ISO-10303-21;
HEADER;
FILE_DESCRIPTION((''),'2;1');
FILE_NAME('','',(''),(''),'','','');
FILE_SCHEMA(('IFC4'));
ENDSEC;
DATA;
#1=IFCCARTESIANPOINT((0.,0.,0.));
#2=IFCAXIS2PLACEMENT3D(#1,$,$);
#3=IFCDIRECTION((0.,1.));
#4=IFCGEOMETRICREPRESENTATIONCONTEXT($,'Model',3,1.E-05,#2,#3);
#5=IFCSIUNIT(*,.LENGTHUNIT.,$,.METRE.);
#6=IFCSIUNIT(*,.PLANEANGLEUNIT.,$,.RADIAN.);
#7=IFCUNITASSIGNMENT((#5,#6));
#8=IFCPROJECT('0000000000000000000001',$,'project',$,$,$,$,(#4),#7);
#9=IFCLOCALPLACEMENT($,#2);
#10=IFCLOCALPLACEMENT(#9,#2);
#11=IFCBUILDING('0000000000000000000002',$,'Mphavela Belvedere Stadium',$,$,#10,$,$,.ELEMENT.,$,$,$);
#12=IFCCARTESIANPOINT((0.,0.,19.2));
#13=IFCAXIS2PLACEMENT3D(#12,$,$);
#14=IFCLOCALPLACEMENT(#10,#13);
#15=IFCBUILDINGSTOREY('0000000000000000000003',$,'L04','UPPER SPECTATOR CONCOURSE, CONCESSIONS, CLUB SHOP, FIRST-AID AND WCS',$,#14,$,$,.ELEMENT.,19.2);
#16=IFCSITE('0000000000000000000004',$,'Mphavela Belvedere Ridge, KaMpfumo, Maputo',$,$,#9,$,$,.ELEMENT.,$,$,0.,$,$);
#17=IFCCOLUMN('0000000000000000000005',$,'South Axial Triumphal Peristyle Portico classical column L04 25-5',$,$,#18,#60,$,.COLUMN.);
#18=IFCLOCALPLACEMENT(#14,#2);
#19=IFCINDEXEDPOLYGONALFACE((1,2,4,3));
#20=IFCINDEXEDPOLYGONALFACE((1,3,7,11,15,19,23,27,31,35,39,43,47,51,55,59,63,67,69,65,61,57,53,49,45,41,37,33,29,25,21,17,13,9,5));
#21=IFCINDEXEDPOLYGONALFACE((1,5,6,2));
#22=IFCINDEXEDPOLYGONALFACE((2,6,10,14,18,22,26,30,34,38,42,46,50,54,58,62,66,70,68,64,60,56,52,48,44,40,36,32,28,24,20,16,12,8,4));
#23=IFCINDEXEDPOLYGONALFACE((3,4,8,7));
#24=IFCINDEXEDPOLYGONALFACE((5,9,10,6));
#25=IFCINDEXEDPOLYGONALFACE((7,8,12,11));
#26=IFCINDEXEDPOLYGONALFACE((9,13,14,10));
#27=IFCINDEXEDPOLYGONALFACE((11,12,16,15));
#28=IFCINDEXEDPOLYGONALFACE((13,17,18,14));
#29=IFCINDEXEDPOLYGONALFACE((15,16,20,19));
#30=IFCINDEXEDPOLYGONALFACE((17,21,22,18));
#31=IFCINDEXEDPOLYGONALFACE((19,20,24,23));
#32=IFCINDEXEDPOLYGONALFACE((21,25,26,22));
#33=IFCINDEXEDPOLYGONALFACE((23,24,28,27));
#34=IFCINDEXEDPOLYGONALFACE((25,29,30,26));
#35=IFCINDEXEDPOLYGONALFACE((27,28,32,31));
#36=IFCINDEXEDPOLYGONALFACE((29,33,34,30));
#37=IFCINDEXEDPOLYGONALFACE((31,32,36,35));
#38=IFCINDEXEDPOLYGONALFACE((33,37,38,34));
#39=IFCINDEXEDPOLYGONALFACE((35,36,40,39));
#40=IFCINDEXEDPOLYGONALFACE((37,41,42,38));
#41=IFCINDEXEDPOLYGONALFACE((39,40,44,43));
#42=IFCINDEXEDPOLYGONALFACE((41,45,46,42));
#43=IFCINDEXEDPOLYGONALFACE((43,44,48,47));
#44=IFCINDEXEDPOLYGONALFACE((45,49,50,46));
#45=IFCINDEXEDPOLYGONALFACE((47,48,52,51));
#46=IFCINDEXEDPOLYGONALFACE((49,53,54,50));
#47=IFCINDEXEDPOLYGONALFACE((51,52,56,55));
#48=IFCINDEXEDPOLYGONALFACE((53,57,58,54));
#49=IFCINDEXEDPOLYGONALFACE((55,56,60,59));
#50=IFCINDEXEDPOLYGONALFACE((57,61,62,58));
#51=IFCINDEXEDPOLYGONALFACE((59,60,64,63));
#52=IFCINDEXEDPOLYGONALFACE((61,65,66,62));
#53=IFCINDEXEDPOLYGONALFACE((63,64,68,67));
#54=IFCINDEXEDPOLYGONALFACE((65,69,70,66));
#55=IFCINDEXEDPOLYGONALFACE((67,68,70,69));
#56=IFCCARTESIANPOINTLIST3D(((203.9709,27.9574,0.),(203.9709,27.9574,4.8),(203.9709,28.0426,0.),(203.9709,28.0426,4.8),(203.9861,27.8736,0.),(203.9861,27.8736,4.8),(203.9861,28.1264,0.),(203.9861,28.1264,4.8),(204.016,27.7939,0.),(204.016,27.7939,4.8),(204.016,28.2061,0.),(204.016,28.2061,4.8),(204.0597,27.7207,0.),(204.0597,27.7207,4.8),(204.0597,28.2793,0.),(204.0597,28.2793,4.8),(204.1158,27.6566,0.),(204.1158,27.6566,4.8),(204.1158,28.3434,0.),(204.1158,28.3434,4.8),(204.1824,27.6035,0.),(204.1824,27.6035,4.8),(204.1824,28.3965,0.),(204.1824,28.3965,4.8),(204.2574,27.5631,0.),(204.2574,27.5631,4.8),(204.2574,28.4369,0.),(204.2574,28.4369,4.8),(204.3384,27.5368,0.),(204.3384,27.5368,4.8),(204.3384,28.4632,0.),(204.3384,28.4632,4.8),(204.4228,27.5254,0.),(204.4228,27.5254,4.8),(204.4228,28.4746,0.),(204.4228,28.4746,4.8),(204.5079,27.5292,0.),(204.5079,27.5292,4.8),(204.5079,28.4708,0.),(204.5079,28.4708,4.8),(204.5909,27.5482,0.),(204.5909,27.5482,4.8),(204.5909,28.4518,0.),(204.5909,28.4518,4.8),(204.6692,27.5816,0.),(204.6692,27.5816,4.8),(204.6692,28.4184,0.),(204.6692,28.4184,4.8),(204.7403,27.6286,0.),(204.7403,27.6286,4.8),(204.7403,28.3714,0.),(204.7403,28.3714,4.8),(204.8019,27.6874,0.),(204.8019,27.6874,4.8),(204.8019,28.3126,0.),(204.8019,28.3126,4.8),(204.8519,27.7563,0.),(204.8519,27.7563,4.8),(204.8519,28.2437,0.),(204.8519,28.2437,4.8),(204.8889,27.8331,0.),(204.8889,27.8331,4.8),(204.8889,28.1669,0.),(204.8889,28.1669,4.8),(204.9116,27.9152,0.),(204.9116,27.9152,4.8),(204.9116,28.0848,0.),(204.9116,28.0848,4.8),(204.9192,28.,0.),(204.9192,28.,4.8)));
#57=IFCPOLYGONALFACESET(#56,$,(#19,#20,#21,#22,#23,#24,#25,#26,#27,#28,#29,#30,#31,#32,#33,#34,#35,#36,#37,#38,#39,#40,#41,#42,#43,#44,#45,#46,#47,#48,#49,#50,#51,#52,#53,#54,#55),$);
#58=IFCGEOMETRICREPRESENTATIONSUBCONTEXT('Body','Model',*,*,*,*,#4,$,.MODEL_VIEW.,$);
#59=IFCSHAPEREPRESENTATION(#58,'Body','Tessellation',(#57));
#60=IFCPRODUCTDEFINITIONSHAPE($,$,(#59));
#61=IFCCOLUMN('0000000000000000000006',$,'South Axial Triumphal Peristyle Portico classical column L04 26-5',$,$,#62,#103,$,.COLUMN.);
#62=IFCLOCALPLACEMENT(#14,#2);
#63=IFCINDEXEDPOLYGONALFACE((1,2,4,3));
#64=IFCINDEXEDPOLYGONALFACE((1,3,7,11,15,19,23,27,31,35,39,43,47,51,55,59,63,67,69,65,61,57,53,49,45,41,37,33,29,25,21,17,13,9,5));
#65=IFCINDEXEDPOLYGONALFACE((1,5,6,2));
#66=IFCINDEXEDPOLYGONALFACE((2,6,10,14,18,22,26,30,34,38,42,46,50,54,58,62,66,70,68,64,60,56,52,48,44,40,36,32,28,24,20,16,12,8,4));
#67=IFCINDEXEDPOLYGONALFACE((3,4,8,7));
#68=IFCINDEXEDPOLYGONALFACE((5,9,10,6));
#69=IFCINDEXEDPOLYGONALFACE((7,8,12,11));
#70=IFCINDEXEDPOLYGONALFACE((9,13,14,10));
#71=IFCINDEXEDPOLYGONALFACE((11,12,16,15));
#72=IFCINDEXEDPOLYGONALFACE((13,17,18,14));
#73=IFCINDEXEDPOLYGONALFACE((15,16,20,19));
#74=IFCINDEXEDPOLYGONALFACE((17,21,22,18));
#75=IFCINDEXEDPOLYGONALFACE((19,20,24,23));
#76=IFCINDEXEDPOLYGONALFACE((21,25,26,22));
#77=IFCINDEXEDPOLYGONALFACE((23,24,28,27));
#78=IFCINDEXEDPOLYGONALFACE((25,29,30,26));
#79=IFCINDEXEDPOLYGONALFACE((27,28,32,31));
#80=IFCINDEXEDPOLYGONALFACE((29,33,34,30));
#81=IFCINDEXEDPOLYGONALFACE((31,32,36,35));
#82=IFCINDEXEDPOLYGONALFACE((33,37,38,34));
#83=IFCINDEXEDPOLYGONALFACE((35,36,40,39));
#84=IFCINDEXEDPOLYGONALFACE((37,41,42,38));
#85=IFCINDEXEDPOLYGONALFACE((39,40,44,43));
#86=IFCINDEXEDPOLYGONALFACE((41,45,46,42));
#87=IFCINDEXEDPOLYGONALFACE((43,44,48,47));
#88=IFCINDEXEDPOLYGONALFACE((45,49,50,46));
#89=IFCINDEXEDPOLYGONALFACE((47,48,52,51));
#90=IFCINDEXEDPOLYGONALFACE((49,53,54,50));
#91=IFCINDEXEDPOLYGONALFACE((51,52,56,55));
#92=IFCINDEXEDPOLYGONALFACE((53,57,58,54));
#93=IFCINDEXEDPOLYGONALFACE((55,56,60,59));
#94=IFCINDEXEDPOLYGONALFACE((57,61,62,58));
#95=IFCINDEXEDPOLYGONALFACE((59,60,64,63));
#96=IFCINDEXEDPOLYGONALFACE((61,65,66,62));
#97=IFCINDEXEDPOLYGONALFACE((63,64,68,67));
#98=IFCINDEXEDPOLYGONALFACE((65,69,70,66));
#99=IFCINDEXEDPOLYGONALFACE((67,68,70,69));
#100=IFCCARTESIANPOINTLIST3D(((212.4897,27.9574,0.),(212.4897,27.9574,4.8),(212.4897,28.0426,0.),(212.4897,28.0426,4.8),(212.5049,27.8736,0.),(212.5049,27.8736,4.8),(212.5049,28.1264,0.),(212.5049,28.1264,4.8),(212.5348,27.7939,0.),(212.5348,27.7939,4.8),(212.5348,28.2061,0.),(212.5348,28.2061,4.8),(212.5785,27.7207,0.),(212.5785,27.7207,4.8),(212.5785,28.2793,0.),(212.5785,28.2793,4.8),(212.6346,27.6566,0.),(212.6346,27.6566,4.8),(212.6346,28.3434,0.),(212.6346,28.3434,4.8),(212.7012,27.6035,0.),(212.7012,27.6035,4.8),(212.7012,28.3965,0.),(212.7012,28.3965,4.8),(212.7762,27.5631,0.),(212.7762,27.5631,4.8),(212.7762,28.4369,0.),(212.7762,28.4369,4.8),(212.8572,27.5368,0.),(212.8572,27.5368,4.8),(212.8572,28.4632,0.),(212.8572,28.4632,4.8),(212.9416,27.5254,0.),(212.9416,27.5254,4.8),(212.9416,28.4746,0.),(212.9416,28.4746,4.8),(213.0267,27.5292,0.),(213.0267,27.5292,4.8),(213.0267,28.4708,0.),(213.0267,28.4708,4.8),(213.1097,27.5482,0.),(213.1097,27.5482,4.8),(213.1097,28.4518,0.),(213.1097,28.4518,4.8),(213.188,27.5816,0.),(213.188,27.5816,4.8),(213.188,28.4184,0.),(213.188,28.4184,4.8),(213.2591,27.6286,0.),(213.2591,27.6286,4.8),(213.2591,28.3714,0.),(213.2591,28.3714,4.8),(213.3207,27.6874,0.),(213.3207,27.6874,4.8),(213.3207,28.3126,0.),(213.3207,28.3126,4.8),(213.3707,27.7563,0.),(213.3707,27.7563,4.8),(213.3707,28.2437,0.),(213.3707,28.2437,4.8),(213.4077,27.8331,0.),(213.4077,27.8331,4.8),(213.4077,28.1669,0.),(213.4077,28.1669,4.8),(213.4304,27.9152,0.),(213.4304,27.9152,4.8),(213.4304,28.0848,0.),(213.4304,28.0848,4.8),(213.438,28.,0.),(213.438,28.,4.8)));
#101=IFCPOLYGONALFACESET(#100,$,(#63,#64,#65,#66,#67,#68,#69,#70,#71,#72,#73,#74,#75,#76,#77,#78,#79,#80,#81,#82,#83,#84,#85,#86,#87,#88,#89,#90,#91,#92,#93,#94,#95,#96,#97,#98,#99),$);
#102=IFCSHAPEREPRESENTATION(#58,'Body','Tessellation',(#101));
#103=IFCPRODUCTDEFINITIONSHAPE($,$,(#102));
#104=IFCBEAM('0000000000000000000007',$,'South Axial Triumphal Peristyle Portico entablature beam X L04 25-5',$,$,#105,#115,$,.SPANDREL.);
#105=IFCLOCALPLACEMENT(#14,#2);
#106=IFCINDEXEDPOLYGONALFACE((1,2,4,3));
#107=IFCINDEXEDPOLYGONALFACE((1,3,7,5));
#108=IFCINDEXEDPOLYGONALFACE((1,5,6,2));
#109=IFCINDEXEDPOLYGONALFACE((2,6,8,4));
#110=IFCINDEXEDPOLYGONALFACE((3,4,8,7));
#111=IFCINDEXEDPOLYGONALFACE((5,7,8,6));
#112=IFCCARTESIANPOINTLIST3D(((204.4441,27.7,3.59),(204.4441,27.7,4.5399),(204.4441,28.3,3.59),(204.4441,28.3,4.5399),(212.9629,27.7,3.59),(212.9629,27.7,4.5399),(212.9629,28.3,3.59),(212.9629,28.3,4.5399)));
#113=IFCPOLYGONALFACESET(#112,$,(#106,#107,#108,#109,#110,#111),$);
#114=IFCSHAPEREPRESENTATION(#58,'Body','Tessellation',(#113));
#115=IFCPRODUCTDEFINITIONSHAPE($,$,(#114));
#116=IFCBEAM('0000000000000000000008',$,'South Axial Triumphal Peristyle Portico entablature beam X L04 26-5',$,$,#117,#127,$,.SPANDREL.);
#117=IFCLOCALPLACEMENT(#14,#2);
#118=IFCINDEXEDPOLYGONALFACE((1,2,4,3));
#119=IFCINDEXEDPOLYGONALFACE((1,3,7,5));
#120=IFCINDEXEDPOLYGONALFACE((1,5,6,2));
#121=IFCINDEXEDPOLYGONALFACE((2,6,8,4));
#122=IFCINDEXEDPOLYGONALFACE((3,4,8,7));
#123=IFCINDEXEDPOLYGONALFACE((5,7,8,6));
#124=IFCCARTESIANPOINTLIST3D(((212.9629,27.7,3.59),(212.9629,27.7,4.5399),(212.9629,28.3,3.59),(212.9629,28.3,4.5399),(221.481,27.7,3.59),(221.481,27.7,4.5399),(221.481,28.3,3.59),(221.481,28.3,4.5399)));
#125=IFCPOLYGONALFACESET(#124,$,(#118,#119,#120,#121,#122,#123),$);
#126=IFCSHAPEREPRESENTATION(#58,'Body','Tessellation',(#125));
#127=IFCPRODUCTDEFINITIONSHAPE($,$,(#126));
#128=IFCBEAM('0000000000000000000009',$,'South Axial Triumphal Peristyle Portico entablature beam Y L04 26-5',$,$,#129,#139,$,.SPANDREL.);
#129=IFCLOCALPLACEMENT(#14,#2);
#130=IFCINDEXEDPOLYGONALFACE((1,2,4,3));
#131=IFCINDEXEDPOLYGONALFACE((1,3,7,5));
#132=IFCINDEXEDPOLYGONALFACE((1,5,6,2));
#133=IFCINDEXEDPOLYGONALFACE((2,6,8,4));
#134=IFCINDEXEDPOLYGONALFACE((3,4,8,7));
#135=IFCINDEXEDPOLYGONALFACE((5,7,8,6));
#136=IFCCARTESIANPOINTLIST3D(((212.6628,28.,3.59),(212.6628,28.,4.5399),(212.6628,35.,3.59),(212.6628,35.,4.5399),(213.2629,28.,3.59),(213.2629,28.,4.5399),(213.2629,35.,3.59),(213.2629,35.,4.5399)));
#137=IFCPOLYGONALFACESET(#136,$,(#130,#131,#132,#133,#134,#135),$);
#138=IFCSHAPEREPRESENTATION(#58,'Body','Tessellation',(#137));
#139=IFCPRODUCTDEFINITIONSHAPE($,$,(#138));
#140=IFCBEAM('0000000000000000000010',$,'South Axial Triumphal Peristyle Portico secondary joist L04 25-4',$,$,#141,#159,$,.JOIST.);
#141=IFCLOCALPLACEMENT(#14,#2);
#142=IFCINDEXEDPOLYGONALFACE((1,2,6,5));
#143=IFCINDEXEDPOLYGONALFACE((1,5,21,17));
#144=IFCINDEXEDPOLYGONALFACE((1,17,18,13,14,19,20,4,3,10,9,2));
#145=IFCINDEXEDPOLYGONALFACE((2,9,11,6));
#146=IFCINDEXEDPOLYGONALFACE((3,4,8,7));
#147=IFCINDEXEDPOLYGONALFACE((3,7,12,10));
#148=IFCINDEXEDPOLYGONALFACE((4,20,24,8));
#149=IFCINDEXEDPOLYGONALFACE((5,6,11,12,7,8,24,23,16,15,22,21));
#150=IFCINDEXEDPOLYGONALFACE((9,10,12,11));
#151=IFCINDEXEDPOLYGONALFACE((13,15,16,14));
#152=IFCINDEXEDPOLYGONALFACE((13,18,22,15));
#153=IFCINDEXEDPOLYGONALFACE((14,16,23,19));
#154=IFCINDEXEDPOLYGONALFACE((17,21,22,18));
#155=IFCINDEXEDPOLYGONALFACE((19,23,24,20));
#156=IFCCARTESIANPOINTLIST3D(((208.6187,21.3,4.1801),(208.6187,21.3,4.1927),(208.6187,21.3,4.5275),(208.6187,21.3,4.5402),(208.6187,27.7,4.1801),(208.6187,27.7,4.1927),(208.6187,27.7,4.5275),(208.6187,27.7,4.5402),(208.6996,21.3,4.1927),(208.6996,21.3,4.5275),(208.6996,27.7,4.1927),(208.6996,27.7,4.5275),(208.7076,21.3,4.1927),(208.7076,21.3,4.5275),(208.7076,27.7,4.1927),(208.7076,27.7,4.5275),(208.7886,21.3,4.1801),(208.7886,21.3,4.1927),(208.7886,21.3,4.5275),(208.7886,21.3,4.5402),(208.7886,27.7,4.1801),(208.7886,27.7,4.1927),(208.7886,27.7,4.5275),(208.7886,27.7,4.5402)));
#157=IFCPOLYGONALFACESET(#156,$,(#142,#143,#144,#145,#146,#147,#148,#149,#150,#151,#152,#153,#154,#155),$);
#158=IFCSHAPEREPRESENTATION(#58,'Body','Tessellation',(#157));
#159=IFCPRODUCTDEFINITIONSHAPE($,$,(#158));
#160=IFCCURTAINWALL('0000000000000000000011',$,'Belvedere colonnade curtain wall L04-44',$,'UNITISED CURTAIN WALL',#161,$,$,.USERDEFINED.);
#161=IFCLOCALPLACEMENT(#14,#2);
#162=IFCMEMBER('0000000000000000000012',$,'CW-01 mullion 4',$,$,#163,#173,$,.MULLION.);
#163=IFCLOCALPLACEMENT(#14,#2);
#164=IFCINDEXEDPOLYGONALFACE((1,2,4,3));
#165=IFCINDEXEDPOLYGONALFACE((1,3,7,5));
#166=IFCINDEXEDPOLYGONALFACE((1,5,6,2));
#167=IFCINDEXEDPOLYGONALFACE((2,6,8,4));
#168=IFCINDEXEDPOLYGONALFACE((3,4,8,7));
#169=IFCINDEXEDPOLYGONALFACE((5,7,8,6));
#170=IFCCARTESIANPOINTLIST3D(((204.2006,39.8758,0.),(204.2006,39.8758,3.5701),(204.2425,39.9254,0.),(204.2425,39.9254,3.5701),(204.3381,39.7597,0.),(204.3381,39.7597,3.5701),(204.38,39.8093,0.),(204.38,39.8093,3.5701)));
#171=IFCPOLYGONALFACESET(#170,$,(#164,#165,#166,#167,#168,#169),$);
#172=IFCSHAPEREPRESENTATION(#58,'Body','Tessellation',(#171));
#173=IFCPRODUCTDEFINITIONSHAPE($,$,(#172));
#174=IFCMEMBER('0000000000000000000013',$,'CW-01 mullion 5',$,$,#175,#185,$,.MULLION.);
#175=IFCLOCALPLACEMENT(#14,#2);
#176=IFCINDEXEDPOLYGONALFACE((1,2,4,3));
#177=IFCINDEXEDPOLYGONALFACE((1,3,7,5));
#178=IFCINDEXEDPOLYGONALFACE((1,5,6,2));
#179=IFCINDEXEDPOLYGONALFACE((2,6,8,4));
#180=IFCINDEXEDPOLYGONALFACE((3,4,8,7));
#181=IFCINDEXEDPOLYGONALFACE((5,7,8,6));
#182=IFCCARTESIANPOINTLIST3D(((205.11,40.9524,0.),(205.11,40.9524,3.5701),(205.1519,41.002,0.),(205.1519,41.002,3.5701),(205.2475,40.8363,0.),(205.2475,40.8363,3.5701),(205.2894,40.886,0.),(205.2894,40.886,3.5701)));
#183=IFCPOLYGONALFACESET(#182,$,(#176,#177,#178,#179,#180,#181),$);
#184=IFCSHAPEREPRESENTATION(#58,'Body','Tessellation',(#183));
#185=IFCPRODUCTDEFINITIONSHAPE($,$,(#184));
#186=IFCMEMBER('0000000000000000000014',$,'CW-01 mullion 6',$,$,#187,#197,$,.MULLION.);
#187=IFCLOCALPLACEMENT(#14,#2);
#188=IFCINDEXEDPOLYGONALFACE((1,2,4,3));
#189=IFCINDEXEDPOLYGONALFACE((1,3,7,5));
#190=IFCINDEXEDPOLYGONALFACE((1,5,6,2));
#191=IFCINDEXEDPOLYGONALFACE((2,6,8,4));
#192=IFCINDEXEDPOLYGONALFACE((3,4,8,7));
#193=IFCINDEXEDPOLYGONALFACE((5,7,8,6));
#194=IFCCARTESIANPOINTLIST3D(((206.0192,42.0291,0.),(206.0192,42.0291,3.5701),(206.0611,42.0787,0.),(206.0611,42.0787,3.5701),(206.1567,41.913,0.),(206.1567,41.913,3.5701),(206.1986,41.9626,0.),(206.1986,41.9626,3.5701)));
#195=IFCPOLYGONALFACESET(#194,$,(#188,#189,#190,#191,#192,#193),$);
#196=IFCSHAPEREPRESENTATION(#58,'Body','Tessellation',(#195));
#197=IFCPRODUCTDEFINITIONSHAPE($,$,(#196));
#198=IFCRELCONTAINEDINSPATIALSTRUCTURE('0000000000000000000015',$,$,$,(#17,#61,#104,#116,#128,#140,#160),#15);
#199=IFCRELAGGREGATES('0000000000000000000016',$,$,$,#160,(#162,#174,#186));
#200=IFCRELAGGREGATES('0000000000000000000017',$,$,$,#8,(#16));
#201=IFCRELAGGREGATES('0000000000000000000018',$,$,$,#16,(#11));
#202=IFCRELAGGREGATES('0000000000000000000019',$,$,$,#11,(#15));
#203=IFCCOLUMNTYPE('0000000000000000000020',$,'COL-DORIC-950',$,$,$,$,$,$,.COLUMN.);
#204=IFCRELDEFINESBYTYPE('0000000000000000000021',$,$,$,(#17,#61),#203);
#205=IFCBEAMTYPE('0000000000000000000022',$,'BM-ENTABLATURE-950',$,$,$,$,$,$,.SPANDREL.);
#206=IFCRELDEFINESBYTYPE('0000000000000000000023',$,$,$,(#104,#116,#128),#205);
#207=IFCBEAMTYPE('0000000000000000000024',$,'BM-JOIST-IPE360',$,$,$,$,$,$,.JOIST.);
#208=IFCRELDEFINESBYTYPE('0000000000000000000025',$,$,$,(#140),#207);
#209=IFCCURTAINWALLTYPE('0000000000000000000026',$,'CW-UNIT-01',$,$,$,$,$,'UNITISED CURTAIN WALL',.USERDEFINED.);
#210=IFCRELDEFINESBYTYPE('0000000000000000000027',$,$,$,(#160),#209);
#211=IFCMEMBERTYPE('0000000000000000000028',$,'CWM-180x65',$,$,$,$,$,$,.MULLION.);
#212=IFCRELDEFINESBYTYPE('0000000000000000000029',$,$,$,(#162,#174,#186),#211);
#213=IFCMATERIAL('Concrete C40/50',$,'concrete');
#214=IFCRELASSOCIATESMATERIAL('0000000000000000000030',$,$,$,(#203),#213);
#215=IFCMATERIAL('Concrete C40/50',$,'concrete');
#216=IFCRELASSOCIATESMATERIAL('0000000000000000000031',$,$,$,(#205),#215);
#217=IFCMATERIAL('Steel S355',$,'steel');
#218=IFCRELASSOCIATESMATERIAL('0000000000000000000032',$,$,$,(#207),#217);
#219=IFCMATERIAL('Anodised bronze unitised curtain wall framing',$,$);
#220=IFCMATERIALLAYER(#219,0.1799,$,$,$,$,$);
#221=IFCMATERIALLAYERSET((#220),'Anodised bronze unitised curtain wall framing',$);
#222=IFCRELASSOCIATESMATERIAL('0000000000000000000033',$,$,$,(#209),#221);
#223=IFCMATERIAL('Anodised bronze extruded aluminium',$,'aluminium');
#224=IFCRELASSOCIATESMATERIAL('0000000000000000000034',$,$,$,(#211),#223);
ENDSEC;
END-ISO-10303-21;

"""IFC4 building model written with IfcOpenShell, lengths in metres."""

from ifc_helpers import new_model, si_unit, direction, frame, origin, origin_2d, place, context, subcontext, project, spatial, rectangle, circle, i_section, extrude, material, layer, layer_set, material_profile, profile_set, type_object, element, aggregate, save


model = new_model("IFC4")

# Units and contexts
model_context = context("Model", 3, precision=1e-05, world=origin(), true_north=direction((0.0, 1.0)))
body_context = subcontext(model_context, "Body", "Model", "MODEL_VIEW")
ifc_project = project(units=[si_unit("LENGTHUNIT", "METRE"), si_unit("PLANEANGLEUNIT", "RADIAN")], contexts=[model_context])

# Site, building, storey
site_placement = place(None, origin())
site = spatial("IfcSite", under=ifc_project, at=site_placement, Name="Mphavela Belvedere Ridge, KaMpfumo, Maputo", CompositionType="ELEMENT", RefElevation=0.0)
building_placement = place(site_placement, origin())
building = spatial("IfcBuilding", under=site, at=building_placement, Name="Mphavela Belvedere Stadium", CompositionType="ELEMENT")
storey_placement = place(building_placement, frame((0.0, 0.0, 19.2)))
storey = spatial("IfcBuildingStorey", under=building, at=storey_placement, Name="L04", Description="UPPER SPECTATOR CONCOURSE, CONCESSIONS, CLUB SHOP, FIRST-AID AND WCS", CompositionType="ELEMENT", Elevation=19.2)

# Columns
ifc_material_1 = material(Name="Concrete C40/50", Category="concrete")
ifc_material_profile_1 = material_profile(ifc_material_1, circle(Radius=0.4751, at=origin_2d()), Name="COL D950")
ifc_profile_set_1 = profile_set([ifc_material_profile_1], Name="Concrete C40/50")
column_type = type_object("IfcColumnType", Name="COL-DORIC-950", PredefinedType="COLUMN", material=ifc_profile_set_1)
for number, where, z_axis, x_axis, name in (
    (1, (204.4441, 28.0, 0.0), (0.0, 0.0, 1.0), (1.0, 0.0, 0.0), "South Axial Triumphal Peristyle Portico classical column L04 25-5"),
    (2, (212.9629, 28.0, 0.0), (0.0, 0.0, 1.0), (1.0, 0.0, 0.0), "South Axial Triumphal Peristyle Portico classical column L04 26-5"),
):
    element("IfcColumn", number, at=place(storey_placement, frame(where, z_axis=z_axis, x_axis=x_axis)), inside=storey, type_object=column_type, Name=name, PredefinedType="COLUMN", context=body_context, shape_type="SweptSolid", body=[
        extrude(circle(Radius=0.4751, at=origin_2d()), origin(), (0.0, 0.0, 1.0), 4.8),
    ])

# Beams
ifc_material_2 = material(Name="Concrete C40/50", Category="concrete")
ifc_material_profile_2 = material_profile(ifc_material_2, rectangle(XDim=0.6001, YDim=0.95, at=origin_2d()), Name="RC 600x950")
ifc_profile_set_2 = profile_set([ifc_material_profile_2], Name="Concrete C40/50")
beam_type_1 = type_object("IfcBeamType", Name="BM-ENTABLATURE-950", PredefinedType="SPANDREL", material=ifc_profile_set_2)
beam_1_placement = place(storey_placement, frame((204.4441, 28.0, 4.0649), z_axis=(1.0, 0.0, 0.0), x_axis=(0.0, 1.0, 0.0)))
element("IfcBeam", 3, at=beam_1_placement, inside=storey, type_object=beam_type_1, Name="South Axial Triumphal Peristyle Portico entablature beam X L04 25-5", PredefinedType="SPANDREL", context=body_context, shape_type="SweptSolid", body=[
    extrude(rectangle(XDim=0.6001, YDim=0.95, at=origin_2d()), origin(), (0.0, 0.0, 1.0), 8.5188),
])
beam_2_placement = place(storey_placement, frame((212.9629, 28.0, 4.0649), z_axis=(1.0, 0.0, 0.0), x_axis=(0.0, 1.0, 0.0)))
element("IfcBeam", 4, at=beam_2_placement, inside=storey, type_object=beam_type_1, Name="South Axial Triumphal Peristyle Portico entablature beam X L04 26-5", PredefinedType="SPANDREL", context=body_context, shape_type="SweptSolid", body=[
    extrude(rectangle(XDim=0.6001, YDim=0.95, at=origin_2d()), origin(), (0.0, 0.0, 1.0), 8.5181),
])
beam_3_placement = place(storey_placement, frame((212.9629, 28.0, 4.0649), z_axis=(0.0, 1.0, 0.0), x_axis=(-1.0, 0.0, 0.0)))
element("IfcBeam", 5, at=beam_3_placement, inside=storey, type_object=beam_type_1, Name="South Axial Triumphal Peristyle Portico entablature beam Y L04 26-5", PredefinedType="SPANDREL", context=body_context, shape_type="SweptSolid", body=[
    extrude(rectangle(XDim=0.6001, YDim=0.95, at=origin_2d()), origin(), (0.0, 0.0, 1.0), 7.0),
])
ifc_material_3 = material(Name="Steel S355", Category="steel")
ifc_material_profile_3 = material_profile(ifc_material_3, i_section(OverallWidth=0.1699, OverallDepth=0.3601, WebThickness=0.0081, FlangeThickness=0.0127, at=origin_2d()), Name="IPE 360")
ifc_profile_set_3 = profile_set([ifc_material_profile_3], Name="Steel S355")
beam_type_2 = type_object("IfcBeamType", Name="BM-JOIST-IPE360", PredefinedType="JOIST", material=ifc_profile_set_3)
beam_4_placement = place(storey_placement, frame((208.7036, 21.3, 4.3601), z_axis=(0.0, 1.0, 0.0), x_axis=(-1.0, 0.0, 0.0)))
element("IfcBeam", 6, at=beam_4_placement, inside=storey, type_object=beam_type_2, Name="South Axial Triumphal Peristyle Portico secondary joist L04 25-4", PredefinedType="JOIST", context=body_context, shape_type="SweptSolid", body=[
    extrude(i_section(OverallWidth=0.1699, OverallDepth=0.3601, WebThickness=0.0081, FlangeThickness=0.0127, at=origin_2d()), origin(), (0.0, 0.0, 1.0), 6.3999),
])

# Curtain wall, members
ifc_material_4 = material(Name="Anodised bronze unitised curtain wall framing")
ifc_layer_1 = layer(ifc_material_4, 0.1799)
ifc_layer_set_1 = layer_set([ifc_layer_1], Name="Anodised bronze unitised curtain wall framing")
curtain_wall_type = type_object("IfcCurtainWallType", Name="CW-UNIT-01", ElementType="UNITISED CURTAIN WALL", PredefinedType="USERDEFINED", material=ifc_layer_set_1)
curtain_wall_placement = place(storey_placement, origin())
curtain_wall = element("IfcCurtainWall", 7, at=curtain_wall_placement, inside=storey, type_object=curtain_wall_type, Name="Belvedere colonnade curtain wall L04-44", ObjectType="UNITISED CURTAIN WALL", PredefinedType="USERDEFINED")
ifc_material_5 = material(Name="Anodised bronze extruded aluminium", Category="aluminium")
ifc_material_profile_4 = material_profile(ifc_material_5, rectangle(XDim=0.1799, YDim=0.0649, at=origin_2d()), Name="CW-MUL 180x65")
ifc_profile_set_4 = profile_set([ifc_material_profile_4], Name="Anodised bronze extruded aluminium")
member_type_1 = type_object("IfcMemberType", Name="CWM-180x65", PredefinedType="MULLION", material=ifc_profile_set_4)
member_1_placement = place(storey_placement, frame((204.2903, 39.8425, 0.0), z_axis=(0.0, 0.0, 1.0), x_axis=(-0.764035, 0.645175, 0.0)))
member_1 = element("IfcMember", 8, at=member_1_placement, type_object=member_type_1, Name="CW-01 mullion 4", PredefinedType="MULLION", context=body_context, shape_type="SweptSolid", body=[
    extrude(rectangle(XDim=0.1799, YDim=0.0649, at=origin_2d()), origin(), (0.0, 0.0, 1.0), 3.5701),
])
member_2_placement = place(storey_placement, frame((205.1997, 40.9192, 0.0), z_axis=(0.0, 0.0, 1.0), x_axis=(-0.764035, 0.645175, 0.0)))
member_2 = element("IfcMember", 9, at=member_2_placement, type_object=member_type_1, Name="CW-01 mullion 5", PredefinedType="MULLION", context=body_context, shape_type="SweptSolid", body=[
    extrude(rectangle(XDim=0.1799, YDim=0.0649, at=origin_2d()), origin(), (0.0, 0.0, 1.0), 3.5701),
])
member_3_placement = place(storey_placement, frame((206.1089, 41.9958, 0.0), z_axis=(0.0, 0.0, 1.0), x_axis=(-0.764035, 0.645175, 0.0)))
member_3 = element("IfcMember", 10, at=member_3_placement, type_object=member_type_1, Name="CW-01 mullion 6", PredefinedType="MULLION", context=body_context, shape_type="SweptSolid", body=[
    extrude(rectangle(XDim=0.1799, YDim=0.0649, at=origin_2d()), origin(), (0.0, 0.0, 1.0), 3.5701),
])
aggregate(curtain_wall, [member_1, member_2, member_3])

save(model, "model.ifc")
